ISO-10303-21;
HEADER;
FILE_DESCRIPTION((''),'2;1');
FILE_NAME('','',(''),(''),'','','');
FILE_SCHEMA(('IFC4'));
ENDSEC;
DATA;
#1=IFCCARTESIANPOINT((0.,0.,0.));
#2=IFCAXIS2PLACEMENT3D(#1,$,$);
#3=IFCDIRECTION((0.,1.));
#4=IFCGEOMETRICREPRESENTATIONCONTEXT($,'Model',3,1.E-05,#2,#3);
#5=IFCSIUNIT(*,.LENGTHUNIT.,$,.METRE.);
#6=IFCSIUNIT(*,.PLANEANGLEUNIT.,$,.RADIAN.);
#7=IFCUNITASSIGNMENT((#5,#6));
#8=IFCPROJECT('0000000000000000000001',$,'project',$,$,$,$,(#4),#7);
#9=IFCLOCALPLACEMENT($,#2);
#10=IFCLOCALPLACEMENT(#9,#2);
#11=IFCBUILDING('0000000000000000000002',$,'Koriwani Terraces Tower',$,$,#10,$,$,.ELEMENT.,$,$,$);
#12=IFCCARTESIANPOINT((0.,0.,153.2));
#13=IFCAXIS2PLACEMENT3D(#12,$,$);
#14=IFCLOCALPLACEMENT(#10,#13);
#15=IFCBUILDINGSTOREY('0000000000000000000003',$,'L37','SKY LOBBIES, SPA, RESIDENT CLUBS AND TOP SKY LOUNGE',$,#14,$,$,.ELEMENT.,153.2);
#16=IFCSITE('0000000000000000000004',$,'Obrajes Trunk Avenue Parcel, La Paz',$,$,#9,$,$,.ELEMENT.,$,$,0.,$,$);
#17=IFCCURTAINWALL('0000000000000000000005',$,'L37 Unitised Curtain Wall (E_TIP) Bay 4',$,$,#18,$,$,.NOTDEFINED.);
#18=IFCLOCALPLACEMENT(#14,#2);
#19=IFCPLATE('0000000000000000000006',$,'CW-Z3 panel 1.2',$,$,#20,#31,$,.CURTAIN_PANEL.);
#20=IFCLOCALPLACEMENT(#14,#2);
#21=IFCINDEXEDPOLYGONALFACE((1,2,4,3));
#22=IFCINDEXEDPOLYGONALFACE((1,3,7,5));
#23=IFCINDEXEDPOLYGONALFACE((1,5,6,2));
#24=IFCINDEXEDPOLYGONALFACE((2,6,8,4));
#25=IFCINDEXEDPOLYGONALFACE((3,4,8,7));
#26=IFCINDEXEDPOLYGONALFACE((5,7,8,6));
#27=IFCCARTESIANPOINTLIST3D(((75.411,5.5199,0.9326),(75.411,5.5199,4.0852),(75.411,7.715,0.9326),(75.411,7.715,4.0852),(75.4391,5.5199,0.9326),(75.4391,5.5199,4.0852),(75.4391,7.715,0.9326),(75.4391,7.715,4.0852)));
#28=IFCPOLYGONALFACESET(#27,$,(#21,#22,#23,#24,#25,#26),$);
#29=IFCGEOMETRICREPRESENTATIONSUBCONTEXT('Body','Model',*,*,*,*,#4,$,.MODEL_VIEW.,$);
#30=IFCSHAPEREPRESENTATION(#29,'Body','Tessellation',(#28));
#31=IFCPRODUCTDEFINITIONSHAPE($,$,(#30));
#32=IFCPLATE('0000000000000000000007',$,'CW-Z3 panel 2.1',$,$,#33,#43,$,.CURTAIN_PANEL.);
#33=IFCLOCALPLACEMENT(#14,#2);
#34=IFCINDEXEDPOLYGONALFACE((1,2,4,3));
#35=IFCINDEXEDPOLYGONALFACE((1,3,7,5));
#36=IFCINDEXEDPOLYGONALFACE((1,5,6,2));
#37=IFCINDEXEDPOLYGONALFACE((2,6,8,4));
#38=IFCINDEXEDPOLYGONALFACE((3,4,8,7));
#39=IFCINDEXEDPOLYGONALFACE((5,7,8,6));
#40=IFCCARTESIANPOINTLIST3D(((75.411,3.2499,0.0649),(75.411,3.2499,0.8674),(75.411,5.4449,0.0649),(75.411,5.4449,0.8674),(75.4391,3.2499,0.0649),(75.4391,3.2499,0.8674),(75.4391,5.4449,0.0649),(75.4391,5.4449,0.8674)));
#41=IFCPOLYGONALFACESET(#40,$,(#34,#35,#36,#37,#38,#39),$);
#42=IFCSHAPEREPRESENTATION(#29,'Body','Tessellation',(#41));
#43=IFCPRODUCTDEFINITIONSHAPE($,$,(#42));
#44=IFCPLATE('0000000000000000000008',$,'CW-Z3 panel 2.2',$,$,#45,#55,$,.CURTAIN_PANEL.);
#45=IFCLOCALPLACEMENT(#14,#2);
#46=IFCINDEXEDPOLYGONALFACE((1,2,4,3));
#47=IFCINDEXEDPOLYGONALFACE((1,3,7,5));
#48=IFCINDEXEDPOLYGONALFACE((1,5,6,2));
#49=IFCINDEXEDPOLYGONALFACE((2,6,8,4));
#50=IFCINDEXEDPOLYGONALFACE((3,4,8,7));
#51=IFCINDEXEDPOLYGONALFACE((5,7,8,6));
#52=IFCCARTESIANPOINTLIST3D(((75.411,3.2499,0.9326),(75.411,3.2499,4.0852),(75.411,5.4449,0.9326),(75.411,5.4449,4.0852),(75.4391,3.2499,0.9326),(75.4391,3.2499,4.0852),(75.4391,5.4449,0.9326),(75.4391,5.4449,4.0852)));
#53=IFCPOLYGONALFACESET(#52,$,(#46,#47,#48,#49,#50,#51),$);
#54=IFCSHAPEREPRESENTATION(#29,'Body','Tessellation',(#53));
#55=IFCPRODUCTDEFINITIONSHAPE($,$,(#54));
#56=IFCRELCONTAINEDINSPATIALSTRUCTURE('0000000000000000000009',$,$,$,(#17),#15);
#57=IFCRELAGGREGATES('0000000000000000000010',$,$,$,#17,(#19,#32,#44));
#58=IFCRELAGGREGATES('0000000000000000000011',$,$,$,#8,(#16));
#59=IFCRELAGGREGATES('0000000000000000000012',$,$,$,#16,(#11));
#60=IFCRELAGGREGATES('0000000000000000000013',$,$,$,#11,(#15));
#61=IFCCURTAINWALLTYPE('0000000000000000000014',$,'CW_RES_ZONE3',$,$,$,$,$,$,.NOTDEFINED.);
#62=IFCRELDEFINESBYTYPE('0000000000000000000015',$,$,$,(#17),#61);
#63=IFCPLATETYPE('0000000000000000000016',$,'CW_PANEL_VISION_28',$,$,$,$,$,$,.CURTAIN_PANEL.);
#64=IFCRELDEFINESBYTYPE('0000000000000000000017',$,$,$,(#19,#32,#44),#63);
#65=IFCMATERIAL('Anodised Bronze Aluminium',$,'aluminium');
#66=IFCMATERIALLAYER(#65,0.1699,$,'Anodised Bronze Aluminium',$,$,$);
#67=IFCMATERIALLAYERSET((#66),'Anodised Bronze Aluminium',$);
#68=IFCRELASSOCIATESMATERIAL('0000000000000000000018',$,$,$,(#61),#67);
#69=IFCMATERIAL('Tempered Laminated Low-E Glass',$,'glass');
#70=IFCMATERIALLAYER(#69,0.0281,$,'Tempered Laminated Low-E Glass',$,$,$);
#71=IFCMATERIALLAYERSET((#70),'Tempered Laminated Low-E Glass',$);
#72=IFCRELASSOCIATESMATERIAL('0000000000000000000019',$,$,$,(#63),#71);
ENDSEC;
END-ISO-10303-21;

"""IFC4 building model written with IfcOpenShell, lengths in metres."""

from ifc_helpers import new_model, si_unit, direction, frame, origin, origin_2d, place, context, subcontext, project, spatial, rectangle, extrude, material, layer, layer_set, type_object, element, aggregate, save


model = new_model("IFC4")

# Units and contexts
model_context = context("Model", 3, precision=1e-05, world=origin(), true_north=direction((0.0, 1.0)))
body_context = subcontext(model_context, "Body", "Model", "MODEL_VIEW")
ifc_project = project(units=[si_unit("LENGTHUNIT", "METRE"), si_unit("PLANEANGLEUNIT", "RADIAN")], contexts=[model_context])

# Site, building, storey
site_placement = place(None, origin())
site = spatial("IfcSite", under=ifc_project, at=site_placement, Name="Obrajes Trunk Avenue Parcel, La Paz", CompositionType="ELEMENT", RefElevation=0.0)
building_placement = place(site_placement, origin())
building = spatial("IfcBuilding", under=site, at=building_placement, Name="Koriwani Terraces Tower", CompositionType="ELEMENT")
storey_placement = place(building_placement, frame((0.0, 0.0, 153.2)))
storey = spatial("IfcBuildingStorey", under=building, at=storey_placement, Name="L37", Description="SKY LOBBIES, SPA, RESIDENT CLUBS AND TOP SKY LOUNGE", CompositionType="ELEMENT", Elevation=153.2)

# Curtain wall
ifc_material_1 = material(Name="Anodised Bronze Aluminium", Category="aluminium")
ifc_layer_1 = layer(ifc_material_1, 0.1699, Name="Anodised Bronze Aluminium")
ifc_layer_set_1 = layer_set([ifc_layer_1], Name="Anodised Bronze Aluminium")
curtain_wall_type = type_object("IfcCurtainWallType", Name="CW_RES_ZONE3", PredefinedType="NOTDEFINED", material=ifc_layer_set_1)
curtain_wall_1_placement = place(storey_placement, origin())
curtain_wall_1 = element("IfcCurtainWall", 1, at=curtain_wall_1_placement, inside=storey, type_object=curtain_wall_type, Name="L37 Unitised Curtain Wall (E_TIP) Bay 4", PredefinedType="NOTDEFINED")

# Plates
ifc_material_2 = material(Name="Tempered Laminated Low-E Glass", Category="glass")
ifc_layer_2 = layer(ifc_material_2, 0.0281, Name="Tempered Laminated Low-E Glass")
ifc_layer_set_2 = layer_set([ifc_layer_2], Name="Tempered Laminated Low-E Glass")
plate_type = type_object("IfcPlateType", Name="CW_PANEL_VISION_28", PredefinedType="CURTAIN_PANEL", material=ifc_layer_set_2)
plate_1_placement = place(storey_placement, frame((75.425, 6.6174, 0.9326), z_axis=(0.0, 0.0, 1.0), x_axis=(0.0, -1.0, 0.0)))
plate_1 = element("IfcPlate", 2, at=plate_1_placement, type_object=plate_type, Name="CW-Z3 panel 1.2", PredefinedType="CURTAIN_PANEL", context=body_context, shape_type="SweptSolid", body=[
    extrude(rectangle(XDim=2.1951, YDim=0.0281, at=origin_2d()), origin(), (0.0, 0.0, 1.0), 3.1526),
])
plate_2_placement = place(storey_placement, frame((75.425, 4.3474, 0.0649), z_axis=(0.0, 0.0, 1.0), x_axis=(0.0, -1.0, 0.0)))
plate_2 = element("IfcPlate", 3, at=plate_2_placement, type_object=plate_type, Name="CW-Z3 panel 2.1", PredefinedType="CURTAIN_PANEL", context=body_context, shape_type="SweptSolid", body=[
    extrude(rectangle(XDim=2.1951, YDim=0.0281, at=origin_2d()), origin(), (0.0, 0.0, 1.0), 0.8025),
])
plate_3_placement = place(storey_placement, frame((75.425, 4.3474, 0.9326), z_axis=(0.0, 0.0, 1.0), x_axis=(0.0, -1.0, 0.0)))
plate_3 = element("IfcPlate", 4, at=plate_3_placement, type_object=plate_type, Name="CW-Z3 panel 2.2", PredefinedType="CURTAIN_PANEL", context=body_context, shape_type="SweptSolid", body=[
    extrude(rectangle(XDim=2.1951, YDim=0.0281, at=origin_2d()), origin(), (0.0, 0.0, 1.0), 3.1526),
])
aggregate(curtain_wall_1, [plate_1, plate_2, plate_3])

save(model, "model.ifc")
